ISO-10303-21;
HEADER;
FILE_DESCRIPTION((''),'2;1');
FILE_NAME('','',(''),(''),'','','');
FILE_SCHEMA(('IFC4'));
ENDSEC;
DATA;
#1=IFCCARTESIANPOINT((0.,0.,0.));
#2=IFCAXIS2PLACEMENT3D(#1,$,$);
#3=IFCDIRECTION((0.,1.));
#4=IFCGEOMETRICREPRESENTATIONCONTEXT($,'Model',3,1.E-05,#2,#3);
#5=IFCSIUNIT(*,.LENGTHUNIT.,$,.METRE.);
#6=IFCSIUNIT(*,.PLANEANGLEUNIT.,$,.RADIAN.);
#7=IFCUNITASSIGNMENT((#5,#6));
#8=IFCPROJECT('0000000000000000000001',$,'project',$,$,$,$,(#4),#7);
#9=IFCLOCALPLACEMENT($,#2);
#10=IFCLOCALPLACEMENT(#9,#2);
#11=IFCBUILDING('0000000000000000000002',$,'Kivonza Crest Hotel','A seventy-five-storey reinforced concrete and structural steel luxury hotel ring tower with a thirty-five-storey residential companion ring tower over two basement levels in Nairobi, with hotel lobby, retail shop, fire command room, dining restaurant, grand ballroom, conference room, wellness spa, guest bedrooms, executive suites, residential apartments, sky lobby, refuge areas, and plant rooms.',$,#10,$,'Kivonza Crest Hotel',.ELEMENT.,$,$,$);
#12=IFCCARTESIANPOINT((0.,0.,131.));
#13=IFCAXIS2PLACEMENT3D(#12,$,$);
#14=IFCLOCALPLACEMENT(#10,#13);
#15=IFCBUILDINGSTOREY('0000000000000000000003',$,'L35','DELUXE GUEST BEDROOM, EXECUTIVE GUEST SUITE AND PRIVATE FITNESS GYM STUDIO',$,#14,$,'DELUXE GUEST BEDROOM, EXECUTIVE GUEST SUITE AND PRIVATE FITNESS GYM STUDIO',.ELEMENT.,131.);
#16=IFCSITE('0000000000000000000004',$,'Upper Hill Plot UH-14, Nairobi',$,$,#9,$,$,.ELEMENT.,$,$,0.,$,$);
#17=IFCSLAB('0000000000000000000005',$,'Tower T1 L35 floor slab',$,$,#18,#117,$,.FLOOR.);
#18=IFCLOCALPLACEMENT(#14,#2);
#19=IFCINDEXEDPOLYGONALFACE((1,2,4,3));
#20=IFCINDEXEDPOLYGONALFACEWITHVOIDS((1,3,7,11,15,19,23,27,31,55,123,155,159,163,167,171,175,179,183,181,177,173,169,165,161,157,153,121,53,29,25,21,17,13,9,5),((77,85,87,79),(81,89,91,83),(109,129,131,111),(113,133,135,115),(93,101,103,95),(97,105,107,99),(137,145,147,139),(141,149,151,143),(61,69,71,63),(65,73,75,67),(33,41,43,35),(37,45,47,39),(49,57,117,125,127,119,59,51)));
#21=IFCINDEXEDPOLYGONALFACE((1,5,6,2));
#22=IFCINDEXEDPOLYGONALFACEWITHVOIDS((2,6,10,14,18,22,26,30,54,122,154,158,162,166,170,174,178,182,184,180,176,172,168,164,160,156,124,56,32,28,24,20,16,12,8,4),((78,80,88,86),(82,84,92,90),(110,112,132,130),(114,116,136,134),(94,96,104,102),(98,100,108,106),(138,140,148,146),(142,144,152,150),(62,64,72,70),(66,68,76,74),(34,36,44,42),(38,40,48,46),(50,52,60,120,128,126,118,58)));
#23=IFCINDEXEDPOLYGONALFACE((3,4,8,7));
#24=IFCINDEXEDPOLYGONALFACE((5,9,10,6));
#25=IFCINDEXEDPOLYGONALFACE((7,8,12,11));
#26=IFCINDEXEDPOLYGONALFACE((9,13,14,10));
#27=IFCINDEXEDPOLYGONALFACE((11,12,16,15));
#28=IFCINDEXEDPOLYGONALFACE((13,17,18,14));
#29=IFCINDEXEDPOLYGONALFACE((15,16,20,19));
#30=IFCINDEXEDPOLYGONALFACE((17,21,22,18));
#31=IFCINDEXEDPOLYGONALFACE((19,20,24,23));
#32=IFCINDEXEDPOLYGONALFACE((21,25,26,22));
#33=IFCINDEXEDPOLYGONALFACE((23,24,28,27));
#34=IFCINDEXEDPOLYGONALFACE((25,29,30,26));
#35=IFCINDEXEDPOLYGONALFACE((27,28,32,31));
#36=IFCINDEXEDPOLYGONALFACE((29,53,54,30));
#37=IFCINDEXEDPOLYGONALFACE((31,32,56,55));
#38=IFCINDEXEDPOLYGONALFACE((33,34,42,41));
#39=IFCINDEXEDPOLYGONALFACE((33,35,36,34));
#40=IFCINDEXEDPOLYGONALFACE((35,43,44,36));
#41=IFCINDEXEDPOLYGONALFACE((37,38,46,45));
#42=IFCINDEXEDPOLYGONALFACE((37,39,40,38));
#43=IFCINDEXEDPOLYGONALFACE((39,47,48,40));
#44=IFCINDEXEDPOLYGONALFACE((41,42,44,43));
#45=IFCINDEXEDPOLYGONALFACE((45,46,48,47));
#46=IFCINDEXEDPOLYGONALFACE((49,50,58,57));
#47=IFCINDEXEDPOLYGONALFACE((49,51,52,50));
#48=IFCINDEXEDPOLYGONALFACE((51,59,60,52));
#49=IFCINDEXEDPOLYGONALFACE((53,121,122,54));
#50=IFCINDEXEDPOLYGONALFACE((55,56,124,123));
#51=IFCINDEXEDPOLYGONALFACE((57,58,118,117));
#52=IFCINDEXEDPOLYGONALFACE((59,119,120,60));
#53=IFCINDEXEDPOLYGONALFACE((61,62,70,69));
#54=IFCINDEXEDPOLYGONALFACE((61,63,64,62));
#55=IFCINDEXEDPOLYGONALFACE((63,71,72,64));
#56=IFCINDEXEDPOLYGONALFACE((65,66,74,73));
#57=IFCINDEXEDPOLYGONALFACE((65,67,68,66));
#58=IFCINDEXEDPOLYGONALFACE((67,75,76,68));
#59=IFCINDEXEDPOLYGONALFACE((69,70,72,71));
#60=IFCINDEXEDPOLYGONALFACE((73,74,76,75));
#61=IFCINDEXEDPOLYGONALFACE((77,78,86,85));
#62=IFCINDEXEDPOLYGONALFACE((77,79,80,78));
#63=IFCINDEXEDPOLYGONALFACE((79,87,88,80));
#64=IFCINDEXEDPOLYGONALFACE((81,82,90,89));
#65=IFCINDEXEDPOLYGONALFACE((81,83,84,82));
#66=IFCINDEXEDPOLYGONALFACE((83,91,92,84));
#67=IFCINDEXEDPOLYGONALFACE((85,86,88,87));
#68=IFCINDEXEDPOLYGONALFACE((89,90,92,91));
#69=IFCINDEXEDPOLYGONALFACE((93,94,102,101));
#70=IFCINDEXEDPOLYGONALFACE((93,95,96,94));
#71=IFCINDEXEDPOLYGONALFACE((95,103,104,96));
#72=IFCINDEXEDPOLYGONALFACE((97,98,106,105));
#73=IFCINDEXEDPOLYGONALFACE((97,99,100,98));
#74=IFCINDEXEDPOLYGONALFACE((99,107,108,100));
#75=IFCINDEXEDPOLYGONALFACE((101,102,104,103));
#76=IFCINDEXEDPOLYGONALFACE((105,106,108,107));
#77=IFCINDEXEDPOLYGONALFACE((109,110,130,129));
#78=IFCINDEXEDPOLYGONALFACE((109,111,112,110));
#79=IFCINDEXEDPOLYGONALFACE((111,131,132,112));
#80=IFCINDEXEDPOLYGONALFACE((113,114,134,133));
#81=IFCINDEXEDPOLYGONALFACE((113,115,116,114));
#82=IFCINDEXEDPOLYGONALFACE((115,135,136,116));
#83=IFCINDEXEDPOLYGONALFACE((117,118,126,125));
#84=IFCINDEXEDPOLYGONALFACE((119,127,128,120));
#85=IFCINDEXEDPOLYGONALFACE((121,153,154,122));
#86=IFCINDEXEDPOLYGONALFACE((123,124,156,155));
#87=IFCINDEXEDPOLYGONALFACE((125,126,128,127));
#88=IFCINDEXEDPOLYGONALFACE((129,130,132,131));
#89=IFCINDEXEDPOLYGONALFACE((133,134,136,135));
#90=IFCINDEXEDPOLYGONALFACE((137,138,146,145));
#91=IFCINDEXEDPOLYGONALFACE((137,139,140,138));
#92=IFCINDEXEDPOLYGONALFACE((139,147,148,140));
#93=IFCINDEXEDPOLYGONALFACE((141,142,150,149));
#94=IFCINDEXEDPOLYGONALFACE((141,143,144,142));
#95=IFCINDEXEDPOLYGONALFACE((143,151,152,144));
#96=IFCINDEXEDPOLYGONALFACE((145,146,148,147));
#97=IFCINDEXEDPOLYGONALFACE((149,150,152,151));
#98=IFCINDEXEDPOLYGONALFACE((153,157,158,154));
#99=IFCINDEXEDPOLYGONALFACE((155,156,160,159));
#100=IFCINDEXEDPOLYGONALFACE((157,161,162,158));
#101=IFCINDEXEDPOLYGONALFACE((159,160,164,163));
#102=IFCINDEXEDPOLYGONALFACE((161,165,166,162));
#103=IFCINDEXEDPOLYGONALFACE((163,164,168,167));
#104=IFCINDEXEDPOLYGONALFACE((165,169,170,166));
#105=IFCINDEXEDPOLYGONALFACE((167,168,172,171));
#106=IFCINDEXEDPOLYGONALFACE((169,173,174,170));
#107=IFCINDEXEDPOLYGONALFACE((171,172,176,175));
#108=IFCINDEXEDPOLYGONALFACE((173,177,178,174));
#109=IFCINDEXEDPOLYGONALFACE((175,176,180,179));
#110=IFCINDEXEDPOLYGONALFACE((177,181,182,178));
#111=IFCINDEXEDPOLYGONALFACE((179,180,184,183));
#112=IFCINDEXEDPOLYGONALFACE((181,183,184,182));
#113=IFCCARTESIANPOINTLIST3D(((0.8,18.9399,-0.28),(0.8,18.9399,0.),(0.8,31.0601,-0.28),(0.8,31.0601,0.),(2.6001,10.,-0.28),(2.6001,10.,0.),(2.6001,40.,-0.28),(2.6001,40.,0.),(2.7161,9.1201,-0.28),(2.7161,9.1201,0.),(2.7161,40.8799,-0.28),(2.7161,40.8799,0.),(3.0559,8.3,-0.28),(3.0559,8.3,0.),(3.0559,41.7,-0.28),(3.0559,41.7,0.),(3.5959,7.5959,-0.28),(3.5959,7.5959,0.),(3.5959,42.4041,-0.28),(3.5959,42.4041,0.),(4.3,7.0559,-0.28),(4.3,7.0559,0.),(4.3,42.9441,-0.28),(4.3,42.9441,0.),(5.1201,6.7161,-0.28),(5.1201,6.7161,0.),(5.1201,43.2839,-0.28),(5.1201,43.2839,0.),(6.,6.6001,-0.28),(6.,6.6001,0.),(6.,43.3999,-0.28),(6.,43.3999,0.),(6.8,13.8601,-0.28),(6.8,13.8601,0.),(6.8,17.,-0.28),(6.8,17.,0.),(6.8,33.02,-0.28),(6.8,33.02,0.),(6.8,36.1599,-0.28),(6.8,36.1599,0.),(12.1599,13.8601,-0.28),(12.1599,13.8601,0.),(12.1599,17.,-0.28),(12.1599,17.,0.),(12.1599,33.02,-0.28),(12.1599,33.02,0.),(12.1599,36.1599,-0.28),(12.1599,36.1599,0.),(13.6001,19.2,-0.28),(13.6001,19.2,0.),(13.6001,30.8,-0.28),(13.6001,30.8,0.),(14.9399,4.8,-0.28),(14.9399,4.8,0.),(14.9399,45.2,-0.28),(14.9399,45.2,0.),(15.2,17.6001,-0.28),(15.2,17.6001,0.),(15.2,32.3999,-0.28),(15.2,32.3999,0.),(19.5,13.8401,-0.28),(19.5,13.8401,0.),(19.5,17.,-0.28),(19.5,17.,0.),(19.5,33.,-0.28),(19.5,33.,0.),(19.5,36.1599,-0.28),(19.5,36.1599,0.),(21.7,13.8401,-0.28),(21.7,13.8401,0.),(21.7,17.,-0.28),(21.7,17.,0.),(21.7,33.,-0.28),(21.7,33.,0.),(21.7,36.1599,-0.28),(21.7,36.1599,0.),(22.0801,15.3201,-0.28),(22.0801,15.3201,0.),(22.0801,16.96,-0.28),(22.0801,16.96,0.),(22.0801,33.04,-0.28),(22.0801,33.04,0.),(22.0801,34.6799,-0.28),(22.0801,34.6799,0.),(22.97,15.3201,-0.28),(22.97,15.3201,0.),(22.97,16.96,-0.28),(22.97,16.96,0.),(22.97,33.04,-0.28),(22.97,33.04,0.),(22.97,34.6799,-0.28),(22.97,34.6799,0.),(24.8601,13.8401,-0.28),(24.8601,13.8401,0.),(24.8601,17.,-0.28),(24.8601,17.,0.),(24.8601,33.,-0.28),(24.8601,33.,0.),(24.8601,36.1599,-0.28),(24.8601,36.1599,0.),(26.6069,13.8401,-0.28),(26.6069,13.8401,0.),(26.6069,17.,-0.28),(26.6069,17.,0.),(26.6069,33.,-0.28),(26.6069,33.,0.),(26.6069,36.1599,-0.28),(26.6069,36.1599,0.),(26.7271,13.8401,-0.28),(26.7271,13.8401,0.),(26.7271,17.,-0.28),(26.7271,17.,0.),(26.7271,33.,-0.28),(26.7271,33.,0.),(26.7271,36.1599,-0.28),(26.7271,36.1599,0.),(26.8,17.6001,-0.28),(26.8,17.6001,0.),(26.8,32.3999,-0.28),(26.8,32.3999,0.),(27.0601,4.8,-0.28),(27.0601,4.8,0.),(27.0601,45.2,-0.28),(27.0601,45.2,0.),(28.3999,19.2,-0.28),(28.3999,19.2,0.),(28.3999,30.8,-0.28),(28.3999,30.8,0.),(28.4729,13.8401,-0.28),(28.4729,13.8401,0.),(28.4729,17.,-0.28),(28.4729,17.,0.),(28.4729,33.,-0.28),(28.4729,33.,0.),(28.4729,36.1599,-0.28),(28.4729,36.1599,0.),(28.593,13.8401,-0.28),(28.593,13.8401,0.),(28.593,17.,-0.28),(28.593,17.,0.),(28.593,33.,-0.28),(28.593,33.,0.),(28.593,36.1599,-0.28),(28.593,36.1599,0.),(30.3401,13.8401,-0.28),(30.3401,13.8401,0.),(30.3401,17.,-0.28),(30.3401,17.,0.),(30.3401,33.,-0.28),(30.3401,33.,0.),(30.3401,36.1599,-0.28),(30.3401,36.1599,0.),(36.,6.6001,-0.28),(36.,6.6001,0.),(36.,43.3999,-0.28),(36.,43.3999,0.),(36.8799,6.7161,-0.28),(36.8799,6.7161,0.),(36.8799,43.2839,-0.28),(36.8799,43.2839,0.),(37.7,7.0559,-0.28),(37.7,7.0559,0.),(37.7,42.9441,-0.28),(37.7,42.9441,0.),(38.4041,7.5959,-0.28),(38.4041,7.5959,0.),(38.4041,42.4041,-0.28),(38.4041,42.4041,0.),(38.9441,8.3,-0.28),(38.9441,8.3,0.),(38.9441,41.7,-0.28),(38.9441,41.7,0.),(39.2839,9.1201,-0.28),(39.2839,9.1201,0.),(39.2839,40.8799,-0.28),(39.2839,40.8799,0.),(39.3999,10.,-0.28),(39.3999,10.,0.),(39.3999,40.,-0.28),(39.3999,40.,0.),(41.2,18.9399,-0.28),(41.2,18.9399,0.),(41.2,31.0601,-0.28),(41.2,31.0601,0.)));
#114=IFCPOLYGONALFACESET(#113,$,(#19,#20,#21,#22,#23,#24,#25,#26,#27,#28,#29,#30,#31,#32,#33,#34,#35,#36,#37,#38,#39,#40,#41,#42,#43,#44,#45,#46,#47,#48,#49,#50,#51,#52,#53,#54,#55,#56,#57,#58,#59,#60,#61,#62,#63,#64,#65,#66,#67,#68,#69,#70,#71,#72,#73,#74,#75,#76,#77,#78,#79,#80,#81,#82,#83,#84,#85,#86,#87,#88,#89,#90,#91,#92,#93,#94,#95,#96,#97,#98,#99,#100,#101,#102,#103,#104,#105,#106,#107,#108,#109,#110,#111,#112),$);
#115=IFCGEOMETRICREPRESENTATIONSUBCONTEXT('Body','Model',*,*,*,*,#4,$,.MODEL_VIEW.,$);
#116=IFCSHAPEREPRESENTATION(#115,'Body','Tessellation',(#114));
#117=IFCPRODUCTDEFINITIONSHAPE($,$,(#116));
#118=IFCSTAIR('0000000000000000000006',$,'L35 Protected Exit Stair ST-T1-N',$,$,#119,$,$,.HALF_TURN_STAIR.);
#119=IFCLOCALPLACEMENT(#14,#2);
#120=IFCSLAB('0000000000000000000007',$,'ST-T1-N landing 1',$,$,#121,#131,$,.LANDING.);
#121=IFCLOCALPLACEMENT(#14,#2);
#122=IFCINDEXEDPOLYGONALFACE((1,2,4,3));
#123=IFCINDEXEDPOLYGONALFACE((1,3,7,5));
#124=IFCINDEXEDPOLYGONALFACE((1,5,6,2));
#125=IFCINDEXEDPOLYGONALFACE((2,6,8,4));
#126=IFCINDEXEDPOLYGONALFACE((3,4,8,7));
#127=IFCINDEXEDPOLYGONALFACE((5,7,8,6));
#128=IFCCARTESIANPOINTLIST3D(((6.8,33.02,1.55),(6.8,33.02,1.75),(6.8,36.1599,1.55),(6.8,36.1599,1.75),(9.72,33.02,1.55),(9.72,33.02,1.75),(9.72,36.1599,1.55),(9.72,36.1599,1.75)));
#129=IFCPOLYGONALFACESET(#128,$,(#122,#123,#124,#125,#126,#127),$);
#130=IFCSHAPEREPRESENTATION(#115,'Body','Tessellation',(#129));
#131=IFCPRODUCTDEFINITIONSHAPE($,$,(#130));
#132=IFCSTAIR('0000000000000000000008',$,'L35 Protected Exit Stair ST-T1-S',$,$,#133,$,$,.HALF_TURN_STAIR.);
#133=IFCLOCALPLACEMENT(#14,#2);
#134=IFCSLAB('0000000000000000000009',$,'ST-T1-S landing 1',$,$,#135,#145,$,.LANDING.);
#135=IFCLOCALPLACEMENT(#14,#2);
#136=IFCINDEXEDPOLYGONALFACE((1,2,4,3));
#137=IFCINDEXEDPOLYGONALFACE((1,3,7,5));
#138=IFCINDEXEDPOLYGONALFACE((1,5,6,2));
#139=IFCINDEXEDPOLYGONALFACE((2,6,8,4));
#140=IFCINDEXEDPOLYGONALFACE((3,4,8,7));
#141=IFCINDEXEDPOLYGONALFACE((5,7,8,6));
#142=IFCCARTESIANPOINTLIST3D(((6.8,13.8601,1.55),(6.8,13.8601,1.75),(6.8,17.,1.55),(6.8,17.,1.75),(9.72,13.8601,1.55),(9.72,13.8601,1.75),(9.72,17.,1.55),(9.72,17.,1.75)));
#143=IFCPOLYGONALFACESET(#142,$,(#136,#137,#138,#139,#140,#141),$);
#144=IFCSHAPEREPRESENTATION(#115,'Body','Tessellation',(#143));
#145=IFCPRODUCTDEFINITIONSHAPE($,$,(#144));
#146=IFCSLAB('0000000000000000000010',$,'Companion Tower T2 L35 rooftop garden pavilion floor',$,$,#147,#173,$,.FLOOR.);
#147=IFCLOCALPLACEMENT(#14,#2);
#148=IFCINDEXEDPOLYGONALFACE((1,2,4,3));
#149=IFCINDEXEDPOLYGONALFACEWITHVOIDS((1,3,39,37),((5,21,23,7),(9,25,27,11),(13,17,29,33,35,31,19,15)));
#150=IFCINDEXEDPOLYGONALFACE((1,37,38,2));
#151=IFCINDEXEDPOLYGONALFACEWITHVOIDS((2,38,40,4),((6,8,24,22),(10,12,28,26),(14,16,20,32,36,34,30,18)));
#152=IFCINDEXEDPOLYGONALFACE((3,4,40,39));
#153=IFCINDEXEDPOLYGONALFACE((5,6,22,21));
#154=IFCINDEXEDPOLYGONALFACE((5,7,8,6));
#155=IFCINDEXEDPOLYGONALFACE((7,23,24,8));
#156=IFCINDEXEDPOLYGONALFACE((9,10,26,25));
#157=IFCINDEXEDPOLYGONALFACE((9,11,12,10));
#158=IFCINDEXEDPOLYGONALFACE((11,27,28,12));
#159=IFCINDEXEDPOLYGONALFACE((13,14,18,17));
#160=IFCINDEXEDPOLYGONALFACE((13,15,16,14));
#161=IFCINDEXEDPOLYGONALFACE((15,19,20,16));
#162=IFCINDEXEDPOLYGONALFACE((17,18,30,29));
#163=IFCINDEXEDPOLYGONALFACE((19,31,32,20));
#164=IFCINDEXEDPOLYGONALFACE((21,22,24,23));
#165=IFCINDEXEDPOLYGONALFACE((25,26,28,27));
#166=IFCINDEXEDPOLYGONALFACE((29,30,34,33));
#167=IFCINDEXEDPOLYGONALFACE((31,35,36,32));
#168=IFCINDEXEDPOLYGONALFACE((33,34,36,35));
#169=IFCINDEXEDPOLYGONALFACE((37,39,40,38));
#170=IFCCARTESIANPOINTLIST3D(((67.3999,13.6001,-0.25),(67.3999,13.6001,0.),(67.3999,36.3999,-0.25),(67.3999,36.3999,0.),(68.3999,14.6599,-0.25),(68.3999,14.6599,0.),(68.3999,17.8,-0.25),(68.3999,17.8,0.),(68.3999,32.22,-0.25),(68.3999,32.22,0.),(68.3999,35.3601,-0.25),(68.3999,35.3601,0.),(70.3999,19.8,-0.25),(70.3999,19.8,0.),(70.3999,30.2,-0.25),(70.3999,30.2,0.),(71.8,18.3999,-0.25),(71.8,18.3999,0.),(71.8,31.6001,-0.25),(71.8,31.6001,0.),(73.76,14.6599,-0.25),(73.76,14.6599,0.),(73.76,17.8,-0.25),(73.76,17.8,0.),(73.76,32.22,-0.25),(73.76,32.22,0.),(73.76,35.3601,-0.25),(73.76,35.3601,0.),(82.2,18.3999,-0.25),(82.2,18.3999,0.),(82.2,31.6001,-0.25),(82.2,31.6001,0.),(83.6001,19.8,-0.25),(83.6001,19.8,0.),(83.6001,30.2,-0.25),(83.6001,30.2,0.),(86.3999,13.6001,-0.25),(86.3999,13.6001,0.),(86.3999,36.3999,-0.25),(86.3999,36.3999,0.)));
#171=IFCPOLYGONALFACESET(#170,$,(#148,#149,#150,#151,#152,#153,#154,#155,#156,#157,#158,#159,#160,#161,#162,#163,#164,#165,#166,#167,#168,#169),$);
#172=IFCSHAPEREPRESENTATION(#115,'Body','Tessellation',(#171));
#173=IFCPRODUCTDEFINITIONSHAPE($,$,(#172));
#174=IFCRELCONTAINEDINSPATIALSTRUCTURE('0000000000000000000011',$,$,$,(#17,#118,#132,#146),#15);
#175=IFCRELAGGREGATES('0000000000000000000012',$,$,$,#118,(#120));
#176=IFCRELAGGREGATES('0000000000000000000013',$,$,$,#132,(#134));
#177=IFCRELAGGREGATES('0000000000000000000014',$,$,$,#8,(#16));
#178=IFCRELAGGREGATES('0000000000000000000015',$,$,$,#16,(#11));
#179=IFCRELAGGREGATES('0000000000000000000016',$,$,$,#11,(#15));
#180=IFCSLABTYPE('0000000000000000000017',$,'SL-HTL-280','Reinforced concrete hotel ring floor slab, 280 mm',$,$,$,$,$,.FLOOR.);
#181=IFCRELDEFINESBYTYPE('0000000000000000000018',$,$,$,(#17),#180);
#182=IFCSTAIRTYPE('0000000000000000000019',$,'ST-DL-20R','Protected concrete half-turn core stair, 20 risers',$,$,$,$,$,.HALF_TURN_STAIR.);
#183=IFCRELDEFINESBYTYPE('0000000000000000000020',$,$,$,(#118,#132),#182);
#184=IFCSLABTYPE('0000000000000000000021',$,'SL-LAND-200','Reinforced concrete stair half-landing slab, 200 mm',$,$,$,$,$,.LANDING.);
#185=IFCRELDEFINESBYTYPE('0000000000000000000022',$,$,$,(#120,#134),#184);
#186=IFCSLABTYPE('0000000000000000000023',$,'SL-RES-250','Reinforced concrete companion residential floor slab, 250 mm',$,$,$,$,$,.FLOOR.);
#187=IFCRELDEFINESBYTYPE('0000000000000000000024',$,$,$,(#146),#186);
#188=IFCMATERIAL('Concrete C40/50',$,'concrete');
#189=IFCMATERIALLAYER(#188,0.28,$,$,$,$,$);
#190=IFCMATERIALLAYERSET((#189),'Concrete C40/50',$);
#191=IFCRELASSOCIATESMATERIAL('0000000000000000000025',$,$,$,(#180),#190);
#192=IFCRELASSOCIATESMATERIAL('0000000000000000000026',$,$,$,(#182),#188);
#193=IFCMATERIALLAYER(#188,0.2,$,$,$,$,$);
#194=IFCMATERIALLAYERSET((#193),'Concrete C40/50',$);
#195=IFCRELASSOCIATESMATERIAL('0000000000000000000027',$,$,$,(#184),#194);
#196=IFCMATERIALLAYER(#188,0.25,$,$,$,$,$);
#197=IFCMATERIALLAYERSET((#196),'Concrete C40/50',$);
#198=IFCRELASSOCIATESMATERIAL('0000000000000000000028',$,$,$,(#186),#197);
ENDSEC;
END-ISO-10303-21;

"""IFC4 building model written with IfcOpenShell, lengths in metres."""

from ifc_helpers import new_model, si_unit, direction, frame, origin, place, context, subcontext, project, spatial, polyline, outline, extrude, material, layer, layer_set, type_object, element, aggregate, save


model = new_model("IFC4")

# Units and contexts
model_context = context("Model", 3, precision=1e-05, world=origin(), true_north=direction((0.0, 1.0)))
body_context = subcontext(model_context, "Body", "Model", "MODEL_VIEW")
ifc_project = project(units=[si_unit("LENGTHUNIT", "METRE"), si_unit("PLANEANGLEUNIT", "RADIAN")], contexts=[model_context])

# Site, building, storey
site_placement = place(None, origin())
site = spatial("IfcSite", under=ifc_project, at=site_placement, Name="Upper Hill Plot UH-14, Nairobi", CompositionType="ELEMENT", RefElevation=0.0)
building_placement = place(site_placement, origin())
building = spatial("IfcBuilding", under=site, at=building_placement, Name="Kivonza Crest Hotel", Description="A seventy-five-storey reinforced concrete and structural steel luxury hotel ring tower with a thirty-five-storey residential companion ring tower over two basement levels in Nairobi, with hotel lobby, retail shop, fire command room, dining restaurant, grand ballroom, conference room, wellness spa, guest bedrooms, executive suites, residential apartments, sky lobby, refuge areas, and plant rooms.", LongName="Kivonza Crest Hotel", CompositionType="ELEMENT")
storey_placement = place(building_placement, frame((0.0, 0.0, 131.0)))
storey = spatial("IfcBuildingStorey", under=building, at=storey_placement, Name="L35", Description="DELUXE GUEST BEDROOM, EXECUTIVE GUEST SUITE AND PRIVATE FITNESS GYM STUDIO", LongName="DELUXE GUEST BEDROOM, EXECUTIVE GUEST SUITE AND PRIVATE FITNESS GYM STUDIO", CompositionType="ELEMENT", Elevation=131.0)

# Slab
ifc_material_1 = material(Name="Concrete C40/50", Category="concrete")
ifc_layer_1 = layer(ifc_material_1, 0.28)
ifc_layer_set_1 = layer_set([ifc_layer_1], Name="Concrete C40/50")
slab_type_1 = type_object("IfcSlabType", Name="SL-HTL-280", Description="Reinforced concrete hotel ring floor slab, 280 mm", PredefinedType="FLOOR", material=ifc_layer_set_1)
slab_1_placement = place(storey_placement, frame((0.0, 0.0, -0.28)))
element("IfcSlab", 1, at=slab_1_placement, inside=storey, type_object=slab_type_1, Name="Tower T1 L35 floor slab", PredefinedType="FLOOR", context=body_context, shape_type="SweptSolid", body=[
    extrude(outline(polyline([(2.6001, 10.0), (2.7161, 9.1201), (3.0559, 8.3), (3.5959, 7.5959), (4.3, 7.0559), (5.1201, 6.7161), (6.0, 6.6001), (14.9399, 4.8), (27.0601, 4.8), (36.0, 6.6001), (36.8799, 6.7161), (37.7, 7.0559), (38.4041, 7.5959), (38.9441, 8.3), (39.2839, 9.1201), (39.3999, 10.0), (41.2, 18.9399), (41.2, 31.0601), (39.3999, 40.0), (39.2839, 40.8799), (38.9441, 41.7), (38.4041, 42.4041), (37.7, 42.9441), (36.8799, 43.2839), (36.0, 43.3999), (27.0601, 45.2), (14.9399, 45.2), (6.0, 43.3999), (5.1201, 43.2839), (4.3, 42.9441), (3.5959, 42.4041), (3.0559, 41.7), (2.7161, 40.8799), (2.6001, 40.0), (0.8, 31.0601), (0.8, 18.9399), (2.6001, 10.0)]), holes=[polyline([(15.2, 17.6001), (26.8, 17.6001), (28.3999, 19.2), (28.3999, 30.8), (26.8, 32.3999), (15.2, 32.3999), (13.6001, 30.8), (13.6001, 19.2), (15.2, 17.6001)]), polyline([(6.8, 33.02), (12.1599, 33.02), (12.1599, 36.1599), (6.8, 36.1599), (6.8, 33.02)]), polyline([(6.8, 13.8601), (12.1599, 13.8601), (12.1599, 17.0), (6.8, 17.0), (6.8, 13.8601)]), polyline([(22.0801, 33.04), (22.97, 33.04), (22.97, 34.6799), (22.0801, 34.6799), (22.0801, 33.04)]), polyline([(22.0801, 15.3201), (22.97, 15.3201), (22.97, 16.96), (22.0801, 16.96), (22.0801, 15.3201)]), polyline([(19.5, 33.0), (21.7, 33.0), (21.7, 36.1599), (19.5, 36.1599), (19.5, 33.0)]), polyline([(24.8601, 33.0), (26.6069, 33.0), (26.6069, 36.1599), (24.8601, 36.1599), (24.8601, 33.0)]), polyline([(26.7271, 33.0), (28.4729, 33.0), (28.4729, 36.1599), (26.7271, 36.1599), (26.7271, 33.0)]), polyline([(28.593, 33.0), (30.3401, 33.0), (30.3401, 36.1599), (28.593, 36.1599), (28.593, 33.0)]), polyline([(19.5, 13.8401), (21.7, 13.8401), (21.7, 17.0), (19.5, 17.0), (19.5, 13.8401)]), polyline([(24.8601, 13.8401), (26.6069, 13.8401), (26.6069, 17.0), (24.8601, 17.0), (24.8601, 13.8401)]), polyline([(26.7271, 13.8401), (28.4729, 13.8401), (28.4729, 17.0), (26.7271, 17.0), (26.7271, 13.8401)]), polyline([(28.593, 13.8401), (30.3401, 13.8401), (30.3401, 17.0), (28.593, 17.0), (28.593, 13.8401)])]), origin(), (0.0, 0.0, 1.0), 0.28),
])

# Stairs, slabs
stair_type = type_object("IfcStairType", Name="ST-DL-20R", Description="Protected concrete half-turn core stair, 20 risers", PredefinedType="HALF_TURN_STAIR", material=ifc_material_1)
stair_1_placement = place(storey_placement, origin())
stair_1 = element("IfcStair", 2, at=stair_1_placement, inside=storey, type_object=stair_type, Name="L35 Protected Exit Stair ST-T1-N", PredefinedType="HALF_TURN_STAIR")
ifc_layer_2 = layer(ifc_material_1, 0.2)
ifc_layer_set_2 = layer_set([ifc_layer_2], Name="Concrete C40/50")
slab_type_2 = type_object("IfcSlabType", Name="SL-LAND-200", Description="Reinforced concrete stair half-landing slab, 200 mm", PredefinedType="LANDING", material=ifc_layer_set_2)
slab_2_placement = place(storey_placement, frame((0.0, 0.0, 1.55)))
slab_2 = element("IfcSlab", 3, at=slab_2_placement, type_object=slab_type_2, Name="ST-T1-N landing 1", PredefinedType="LANDING", context=body_context, shape_type="SweptSolid", body=[
    extrude(outline(polyline([(9.72, 36.1599), (6.8, 36.1599), (6.8, 33.02), (9.72, 33.02), (9.72, 36.1599)])), origin(), (0.0, 0.0, 1.0), 0.2),
])
aggregate(stair_1, [slab_2])
stair_2_placement = place(storey_placement, origin())
stair_2 = element("IfcStair", 4, at=stair_2_placement, inside=storey, type_object=stair_type, Name="L35 Protected Exit Stair ST-T1-S", PredefinedType="HALF_TURN_STAIR")
slab_3_placement = place(storey_placement, frame((0.0, 0.0, 1.55)))
slab_3 = element("IfcSlab", 5, at=slab_3_placement, type_object=slab_type_2, Name="ST-T1-S landing 1", PredefinedType="LANDING", context=body_context, shape_type="SweptSolid", body=[
    extrude(outline(polyline([(9.72, 17.0), (6.8, 17.0), (6.8, 13.8601), (9.72, 13.8601), (9.72, 17.0)])), origin(), (0.0, 0.0, 1.0), 0.2),
])
aggregate(stair_2, [slab_3])

# Slab
ifc_layer_3 = layer(ifc_material_1, 0.25)
ifc_layer_set_3 = layer_set([ifc_layer_3], Name="Concrete C40/50")
slab_type_3 = type_object("IfcSlabType", Name="SL-RES-250", Description="Reinforced concrete companion residential floor slab, 250 mm", PredefinedType="FLOOR", material=ifc_layer_set_3)
slab_4_placement = place(storey_placement, frame((0.0, 0.0, -0.25)))
element("IfcSlab", 6, at=slab_4_placement, inside=storey, type_object=slab_type_3, Name="Companion Tower T2 L35 rooftop garden pavilion floor", PredefinedType="FLOOR", context=body_context, shape_type="SweptSolid", body=[
    extrude(outline(polyline([(67.3999, 13.6001), (86.3999, 13.6001), (86.3999, 36.3999), (67.3999, 36.3999), (67.3999, 13.6001)]), holes=[polyline([(71.8, 18.3999), (82.2, 18.3999), (83.6001, 19.8), (83.6001, 30.2), (82.2, 31.6001), (71.8, 31.6001), (70.3999, 30.2), (70.3999, 19.8), (71.8, 18.3999)]), polyline([(68.3999, 32.22), (73.76, 32.22), (73.76, 35.3601), (68.3999, 35.3601), (68.3999, 32.22)]), polyline([(68.3999, 14.6599), (73.76, 14.6599), (73.76, 17.8), (68.3999, 17.8), (68.3999, 14.6599)])]), origin(), (0.0, 0.0, 1.0), 0.25),
])

save(model, "model.ifc")
